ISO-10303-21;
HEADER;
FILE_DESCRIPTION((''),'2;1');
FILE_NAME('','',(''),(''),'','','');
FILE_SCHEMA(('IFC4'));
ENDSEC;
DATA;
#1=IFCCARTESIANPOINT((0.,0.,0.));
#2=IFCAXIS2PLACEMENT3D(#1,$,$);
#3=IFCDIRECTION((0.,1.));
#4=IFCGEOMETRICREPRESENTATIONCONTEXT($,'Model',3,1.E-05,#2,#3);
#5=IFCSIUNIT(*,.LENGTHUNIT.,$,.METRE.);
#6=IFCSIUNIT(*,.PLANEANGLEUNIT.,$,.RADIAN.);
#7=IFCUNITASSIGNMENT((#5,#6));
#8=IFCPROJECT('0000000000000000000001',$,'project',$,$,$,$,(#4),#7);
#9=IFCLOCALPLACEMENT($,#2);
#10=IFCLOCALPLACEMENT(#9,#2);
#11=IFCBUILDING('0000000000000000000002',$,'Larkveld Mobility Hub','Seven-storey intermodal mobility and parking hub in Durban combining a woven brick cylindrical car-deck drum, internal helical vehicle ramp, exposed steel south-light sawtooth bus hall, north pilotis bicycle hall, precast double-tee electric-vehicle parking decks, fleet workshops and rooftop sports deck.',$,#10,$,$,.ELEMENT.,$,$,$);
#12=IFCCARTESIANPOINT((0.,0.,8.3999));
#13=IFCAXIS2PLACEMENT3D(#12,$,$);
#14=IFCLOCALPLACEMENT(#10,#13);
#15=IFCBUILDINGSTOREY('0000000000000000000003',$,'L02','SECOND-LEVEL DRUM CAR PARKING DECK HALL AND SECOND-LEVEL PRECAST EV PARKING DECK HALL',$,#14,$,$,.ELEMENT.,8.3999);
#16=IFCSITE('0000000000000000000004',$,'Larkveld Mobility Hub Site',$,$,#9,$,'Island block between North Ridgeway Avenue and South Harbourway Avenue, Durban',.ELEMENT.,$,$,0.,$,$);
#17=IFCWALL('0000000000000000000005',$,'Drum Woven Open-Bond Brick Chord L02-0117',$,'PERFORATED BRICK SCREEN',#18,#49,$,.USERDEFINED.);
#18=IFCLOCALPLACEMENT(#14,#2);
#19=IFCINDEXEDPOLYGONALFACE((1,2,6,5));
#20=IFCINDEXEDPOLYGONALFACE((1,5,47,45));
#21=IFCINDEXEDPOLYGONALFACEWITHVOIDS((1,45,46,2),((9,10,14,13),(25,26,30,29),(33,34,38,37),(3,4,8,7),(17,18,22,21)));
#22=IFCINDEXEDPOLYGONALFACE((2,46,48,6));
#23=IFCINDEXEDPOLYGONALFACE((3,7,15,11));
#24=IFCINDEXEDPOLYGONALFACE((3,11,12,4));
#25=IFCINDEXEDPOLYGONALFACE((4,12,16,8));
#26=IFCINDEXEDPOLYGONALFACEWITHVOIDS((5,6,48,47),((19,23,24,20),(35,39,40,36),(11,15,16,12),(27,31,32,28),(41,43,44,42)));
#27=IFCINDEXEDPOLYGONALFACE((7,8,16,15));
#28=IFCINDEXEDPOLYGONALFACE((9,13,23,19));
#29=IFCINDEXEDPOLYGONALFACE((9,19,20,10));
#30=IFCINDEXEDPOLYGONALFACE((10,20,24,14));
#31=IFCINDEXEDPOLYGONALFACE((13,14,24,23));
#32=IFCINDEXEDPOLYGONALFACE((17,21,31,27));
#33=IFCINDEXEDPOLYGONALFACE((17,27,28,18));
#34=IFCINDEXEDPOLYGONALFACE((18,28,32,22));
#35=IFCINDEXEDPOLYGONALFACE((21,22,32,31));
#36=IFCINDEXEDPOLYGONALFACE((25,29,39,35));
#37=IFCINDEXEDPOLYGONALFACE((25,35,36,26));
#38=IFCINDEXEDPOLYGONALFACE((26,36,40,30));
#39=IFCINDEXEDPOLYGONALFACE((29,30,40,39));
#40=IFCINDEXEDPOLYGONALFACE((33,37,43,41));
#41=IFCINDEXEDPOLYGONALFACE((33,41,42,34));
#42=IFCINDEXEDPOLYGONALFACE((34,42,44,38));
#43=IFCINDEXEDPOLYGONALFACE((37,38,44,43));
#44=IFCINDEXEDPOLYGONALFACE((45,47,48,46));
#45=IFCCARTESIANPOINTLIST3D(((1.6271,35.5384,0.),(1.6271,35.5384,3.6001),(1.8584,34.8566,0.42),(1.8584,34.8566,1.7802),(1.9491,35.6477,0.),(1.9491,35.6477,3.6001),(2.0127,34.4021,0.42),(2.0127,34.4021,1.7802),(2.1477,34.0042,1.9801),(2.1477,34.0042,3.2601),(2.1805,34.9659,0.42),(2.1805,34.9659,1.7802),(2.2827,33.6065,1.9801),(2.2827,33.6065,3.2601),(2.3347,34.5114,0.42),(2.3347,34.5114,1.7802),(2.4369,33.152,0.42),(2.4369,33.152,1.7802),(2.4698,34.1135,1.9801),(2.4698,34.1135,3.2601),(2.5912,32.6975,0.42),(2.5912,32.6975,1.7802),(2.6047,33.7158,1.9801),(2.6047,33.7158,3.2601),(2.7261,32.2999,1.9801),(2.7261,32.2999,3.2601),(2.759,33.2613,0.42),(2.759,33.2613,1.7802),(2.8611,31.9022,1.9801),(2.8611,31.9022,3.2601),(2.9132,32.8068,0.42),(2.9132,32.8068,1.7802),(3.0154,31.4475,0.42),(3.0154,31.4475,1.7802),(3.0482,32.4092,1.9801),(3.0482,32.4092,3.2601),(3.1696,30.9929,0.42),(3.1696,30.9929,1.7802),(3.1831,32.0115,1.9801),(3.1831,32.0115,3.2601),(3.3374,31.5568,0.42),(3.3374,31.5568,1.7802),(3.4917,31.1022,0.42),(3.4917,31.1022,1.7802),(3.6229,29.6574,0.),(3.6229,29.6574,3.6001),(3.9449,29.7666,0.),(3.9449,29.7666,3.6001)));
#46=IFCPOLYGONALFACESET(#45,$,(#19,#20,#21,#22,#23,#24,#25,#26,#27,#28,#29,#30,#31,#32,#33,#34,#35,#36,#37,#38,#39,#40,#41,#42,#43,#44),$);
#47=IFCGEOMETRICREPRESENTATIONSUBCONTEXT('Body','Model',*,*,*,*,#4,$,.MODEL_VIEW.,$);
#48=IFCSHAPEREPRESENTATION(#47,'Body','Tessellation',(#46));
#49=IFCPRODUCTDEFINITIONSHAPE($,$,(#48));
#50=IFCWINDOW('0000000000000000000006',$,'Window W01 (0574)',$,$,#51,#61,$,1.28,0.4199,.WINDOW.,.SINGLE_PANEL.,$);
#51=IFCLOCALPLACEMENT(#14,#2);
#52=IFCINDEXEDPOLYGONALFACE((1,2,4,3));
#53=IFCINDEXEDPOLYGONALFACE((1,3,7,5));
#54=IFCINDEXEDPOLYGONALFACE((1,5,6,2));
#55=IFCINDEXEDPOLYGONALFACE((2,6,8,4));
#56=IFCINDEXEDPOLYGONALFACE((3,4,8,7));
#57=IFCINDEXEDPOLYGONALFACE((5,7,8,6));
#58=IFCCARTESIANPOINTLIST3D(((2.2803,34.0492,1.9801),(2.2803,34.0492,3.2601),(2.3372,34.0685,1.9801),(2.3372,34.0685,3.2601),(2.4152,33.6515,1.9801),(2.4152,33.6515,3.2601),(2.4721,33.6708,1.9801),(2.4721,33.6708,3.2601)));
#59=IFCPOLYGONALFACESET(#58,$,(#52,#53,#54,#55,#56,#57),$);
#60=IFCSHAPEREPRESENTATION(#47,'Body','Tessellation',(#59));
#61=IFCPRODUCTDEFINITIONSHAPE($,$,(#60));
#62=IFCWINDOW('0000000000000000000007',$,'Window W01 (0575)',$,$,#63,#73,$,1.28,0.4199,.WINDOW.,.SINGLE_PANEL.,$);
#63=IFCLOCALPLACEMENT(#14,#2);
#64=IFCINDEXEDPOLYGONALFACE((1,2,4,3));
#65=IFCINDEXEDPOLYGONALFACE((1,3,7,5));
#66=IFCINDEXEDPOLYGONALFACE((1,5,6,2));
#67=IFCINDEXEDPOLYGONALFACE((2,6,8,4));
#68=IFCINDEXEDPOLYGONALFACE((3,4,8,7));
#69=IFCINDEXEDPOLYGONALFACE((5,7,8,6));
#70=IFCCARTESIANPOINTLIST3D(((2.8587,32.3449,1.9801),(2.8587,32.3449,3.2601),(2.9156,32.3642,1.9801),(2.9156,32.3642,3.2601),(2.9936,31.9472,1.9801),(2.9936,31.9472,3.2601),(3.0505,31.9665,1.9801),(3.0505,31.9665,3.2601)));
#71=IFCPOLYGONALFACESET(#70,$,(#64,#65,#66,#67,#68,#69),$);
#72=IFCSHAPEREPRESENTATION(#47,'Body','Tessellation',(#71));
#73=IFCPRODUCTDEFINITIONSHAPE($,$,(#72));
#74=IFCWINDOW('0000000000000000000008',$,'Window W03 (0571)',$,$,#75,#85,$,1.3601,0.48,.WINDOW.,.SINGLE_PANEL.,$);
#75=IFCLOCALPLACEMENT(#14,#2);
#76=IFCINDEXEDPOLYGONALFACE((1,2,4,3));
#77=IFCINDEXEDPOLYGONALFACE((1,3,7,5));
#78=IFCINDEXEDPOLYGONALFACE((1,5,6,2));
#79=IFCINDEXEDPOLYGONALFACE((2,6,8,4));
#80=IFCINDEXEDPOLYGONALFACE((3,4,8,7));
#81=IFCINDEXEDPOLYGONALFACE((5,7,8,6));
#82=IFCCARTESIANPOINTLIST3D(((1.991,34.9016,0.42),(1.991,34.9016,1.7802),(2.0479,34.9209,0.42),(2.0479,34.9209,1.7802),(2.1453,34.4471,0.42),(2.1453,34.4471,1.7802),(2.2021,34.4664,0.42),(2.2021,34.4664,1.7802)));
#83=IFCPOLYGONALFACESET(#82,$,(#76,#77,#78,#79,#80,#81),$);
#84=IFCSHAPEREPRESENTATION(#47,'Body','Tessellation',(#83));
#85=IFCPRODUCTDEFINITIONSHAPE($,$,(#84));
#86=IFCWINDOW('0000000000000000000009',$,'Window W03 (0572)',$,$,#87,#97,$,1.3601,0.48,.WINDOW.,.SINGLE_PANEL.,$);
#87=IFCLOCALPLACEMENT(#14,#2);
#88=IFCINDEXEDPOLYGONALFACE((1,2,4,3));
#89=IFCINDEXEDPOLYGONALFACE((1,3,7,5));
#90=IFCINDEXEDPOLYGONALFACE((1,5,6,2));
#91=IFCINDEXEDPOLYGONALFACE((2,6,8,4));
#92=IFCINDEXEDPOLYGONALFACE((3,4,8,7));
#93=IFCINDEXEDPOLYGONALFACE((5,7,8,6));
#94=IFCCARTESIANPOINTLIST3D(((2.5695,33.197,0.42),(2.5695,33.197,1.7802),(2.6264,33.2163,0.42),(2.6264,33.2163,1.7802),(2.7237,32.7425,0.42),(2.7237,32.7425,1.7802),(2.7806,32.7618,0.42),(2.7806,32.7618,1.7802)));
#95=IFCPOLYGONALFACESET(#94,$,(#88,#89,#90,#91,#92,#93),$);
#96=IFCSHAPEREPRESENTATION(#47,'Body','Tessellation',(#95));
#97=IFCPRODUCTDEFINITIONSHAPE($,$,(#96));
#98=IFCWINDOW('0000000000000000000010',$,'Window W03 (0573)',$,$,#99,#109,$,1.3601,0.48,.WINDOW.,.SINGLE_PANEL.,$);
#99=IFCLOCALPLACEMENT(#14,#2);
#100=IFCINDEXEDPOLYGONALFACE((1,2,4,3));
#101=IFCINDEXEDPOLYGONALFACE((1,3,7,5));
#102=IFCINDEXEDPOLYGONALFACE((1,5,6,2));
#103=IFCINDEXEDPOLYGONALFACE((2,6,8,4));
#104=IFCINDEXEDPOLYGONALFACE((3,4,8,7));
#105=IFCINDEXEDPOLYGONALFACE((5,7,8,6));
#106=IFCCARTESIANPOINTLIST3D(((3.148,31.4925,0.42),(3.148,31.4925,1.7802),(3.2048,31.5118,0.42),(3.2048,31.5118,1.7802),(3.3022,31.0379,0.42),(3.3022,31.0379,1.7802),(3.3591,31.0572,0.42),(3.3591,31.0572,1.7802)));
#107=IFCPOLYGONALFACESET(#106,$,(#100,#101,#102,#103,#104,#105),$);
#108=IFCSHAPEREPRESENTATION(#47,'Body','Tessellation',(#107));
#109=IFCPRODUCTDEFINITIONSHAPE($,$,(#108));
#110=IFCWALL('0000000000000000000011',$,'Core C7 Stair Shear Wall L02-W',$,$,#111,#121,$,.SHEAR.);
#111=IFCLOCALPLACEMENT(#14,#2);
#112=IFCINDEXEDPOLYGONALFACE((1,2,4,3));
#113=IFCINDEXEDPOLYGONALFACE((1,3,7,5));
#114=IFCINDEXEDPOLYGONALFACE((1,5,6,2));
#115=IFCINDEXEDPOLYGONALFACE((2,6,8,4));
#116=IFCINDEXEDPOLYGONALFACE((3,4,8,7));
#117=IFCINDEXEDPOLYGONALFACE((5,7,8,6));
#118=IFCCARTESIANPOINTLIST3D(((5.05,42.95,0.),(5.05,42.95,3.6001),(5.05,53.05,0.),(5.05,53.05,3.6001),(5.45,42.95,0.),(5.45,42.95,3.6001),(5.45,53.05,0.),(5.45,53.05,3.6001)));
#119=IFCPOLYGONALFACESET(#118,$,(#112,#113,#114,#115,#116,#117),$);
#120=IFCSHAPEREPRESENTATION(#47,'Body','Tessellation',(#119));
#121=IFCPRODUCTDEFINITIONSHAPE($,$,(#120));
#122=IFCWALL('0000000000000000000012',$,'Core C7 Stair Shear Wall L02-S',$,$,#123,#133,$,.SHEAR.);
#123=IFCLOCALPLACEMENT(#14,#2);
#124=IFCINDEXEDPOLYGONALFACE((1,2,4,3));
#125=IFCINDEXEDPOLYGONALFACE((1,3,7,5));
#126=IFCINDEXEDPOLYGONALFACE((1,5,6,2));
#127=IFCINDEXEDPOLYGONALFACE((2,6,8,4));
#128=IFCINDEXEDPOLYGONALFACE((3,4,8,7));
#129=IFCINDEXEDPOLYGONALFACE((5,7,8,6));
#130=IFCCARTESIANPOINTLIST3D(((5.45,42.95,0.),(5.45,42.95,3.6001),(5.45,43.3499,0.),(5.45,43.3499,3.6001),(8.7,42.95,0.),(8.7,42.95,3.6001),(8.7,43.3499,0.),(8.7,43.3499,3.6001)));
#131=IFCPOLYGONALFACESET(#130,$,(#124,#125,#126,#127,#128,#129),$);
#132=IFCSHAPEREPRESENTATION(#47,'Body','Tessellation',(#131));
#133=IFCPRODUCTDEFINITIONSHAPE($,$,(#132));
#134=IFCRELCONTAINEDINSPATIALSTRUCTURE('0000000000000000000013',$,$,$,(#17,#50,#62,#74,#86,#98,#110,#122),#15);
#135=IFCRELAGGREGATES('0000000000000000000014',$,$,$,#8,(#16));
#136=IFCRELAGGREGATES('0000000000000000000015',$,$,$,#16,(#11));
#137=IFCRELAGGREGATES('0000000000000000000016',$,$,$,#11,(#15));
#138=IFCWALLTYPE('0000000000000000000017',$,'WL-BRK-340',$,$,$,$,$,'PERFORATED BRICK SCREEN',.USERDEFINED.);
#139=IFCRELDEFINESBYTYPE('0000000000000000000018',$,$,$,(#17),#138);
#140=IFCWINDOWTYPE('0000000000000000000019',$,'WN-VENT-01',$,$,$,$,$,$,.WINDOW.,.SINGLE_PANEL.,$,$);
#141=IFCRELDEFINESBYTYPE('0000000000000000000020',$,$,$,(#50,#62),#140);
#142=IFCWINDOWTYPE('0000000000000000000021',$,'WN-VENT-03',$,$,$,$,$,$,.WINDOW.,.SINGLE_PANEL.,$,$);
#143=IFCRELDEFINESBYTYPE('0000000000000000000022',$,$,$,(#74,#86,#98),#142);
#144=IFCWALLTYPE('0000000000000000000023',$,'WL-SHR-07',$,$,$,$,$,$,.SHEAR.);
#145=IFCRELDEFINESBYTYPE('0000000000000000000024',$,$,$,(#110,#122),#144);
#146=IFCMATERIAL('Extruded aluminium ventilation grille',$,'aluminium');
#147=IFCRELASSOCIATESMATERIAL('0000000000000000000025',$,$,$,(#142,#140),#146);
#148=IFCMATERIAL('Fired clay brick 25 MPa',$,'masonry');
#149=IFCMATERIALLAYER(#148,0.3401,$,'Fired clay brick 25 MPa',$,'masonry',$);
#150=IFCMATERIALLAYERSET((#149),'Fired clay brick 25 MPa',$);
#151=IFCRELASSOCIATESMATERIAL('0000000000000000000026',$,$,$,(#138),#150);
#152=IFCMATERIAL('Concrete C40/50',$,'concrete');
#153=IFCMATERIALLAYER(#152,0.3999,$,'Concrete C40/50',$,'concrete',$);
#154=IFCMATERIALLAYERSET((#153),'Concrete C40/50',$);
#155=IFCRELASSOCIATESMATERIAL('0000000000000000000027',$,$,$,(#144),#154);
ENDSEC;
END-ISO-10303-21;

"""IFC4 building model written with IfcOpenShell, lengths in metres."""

from ifc_helpers import new_model, si_unit, direction, frame, frame_2d, origin, place, context, subcontext, project, spatial, rectangle, extrude, material, layer, layer_set, type_object, element, fill, save


model = new_model("IFC4")

# Units and contexts
model_context = context("Model", 3, precision=1e-05, world=origin(), true_north=direction((0.0, 1.0)))
body_context = subcontext(model_context, "Body", "Model", "MODEL_VIEW")
ifc_project = project(units=[si_unit("LENGTHUNIT", "METRE"), si_unit("PLANEANGLEUNIT", "RADIAN")], contexts=[model_context])

# Site, building, storey
site_placement = place(None, origin())
site = spatial("IfcSite", under=ifc_project, at=site_placement, Name="Larkveld Mobility Hub Site", LongName="Island block between North Ridgeway Avenue and South Harbourway Avenue, Durban", CompositionType="ELEMENT", RefElevation=0.0)
building_placement = place(site_placement, origin())
building = spatial("IfcBuilding", under=site, at=building_placement, Name="Larkveld Mobility Hub", Description="Seven-storey intermodal mobility and parking hub in Durban combining a woven brick cylindrical car-deck drum, internal helical vehicle ramp, exposed steel south-light sawtooth bus hall, north pilotis bicycle hall, precast double-tee electric-vehicle parking decks, fleet workshops and rooftop sports deck.", CompositionType="ELEMENT")
storey_placement = place(building_placement, frame((0.0, 0.0, 8.3999)))
storey = spatial("IfcBuildingStorey", under=building, at=storey_placement, Name="L02", Description="SECOND-LEVEL DRUM CAR PARKING DECK HALL AND SECOND-LEVEL PRECAST EV PARKING DECK HALL", CompositionType="ELEMENT", Elevation=8.3999)

# Shared definitions
ifc_material_1 = material(Name="Concrete C40/50", Category="concrete")

# Wall, openings, windows
ifc_material_2 = material(Name="Fired clay brick 25 MPa", Category="masonry")
ifc_material_3 = material(Name="Extruded aluminium ventilation grille", Category="aluminium")
window_type_1 = type_object("IfcWindowType", Name="WN-VENT-03", PartitioningType="SINGLE_PANEL", PredefinedType="WINDOW", material=ifc_material_3)
ifc_layer_1 = layer(ifc_material_2, 0.3401, Name="Fired clay brick 25 MPa", Category="masonry")
ifc_layer_set_1 = layer_set([ifc_layer_1], Name="Fired clay brick 25 MPa")
wall_type_1 = type_object("IfcWallType", Name="WL-BRK-340", ElementType="PERFORATED BRICK SCREEN", PredefinedType="USERDEFINED", material=ifc_layer_set_1)
wall_1_placement = place(storey_placement, frame((1.7881, 35.593, 0.0), z_axis=(0.0, 0.0, 1.0), x_axis=(0.321365, -0.946955, 0.0)))
wall_1 = element("IfcWall", 1, at=wall_1_placement, inside=storey, type_object=wall_type_1, Name="Drum Woven Open-Bond Brick Chord L02-0117", ObjectType="PERFORATED BRICK SCREEN", PredefinedType="USERDEFINED", context=body_context, shape_type="SweptSolid", body=[
    extrude(rectangle(XDim=6.2104, YDim=0.3401, at=frame_2d((3.1052, 0.0))), origin(), (0.0, 0.0, 1.0), 3.6001),
])
opening_1_placement = place(wall_1_placement, frame((0.72, 0.0, 0.4199)))
opening_1 = element("IfcOpeningElement", 2, at=opening_1_placement, cuts=wall_1, PredefinedType="OPENING", context=body_context, shape_type="SweptSolid", body=[
    extrude(rectangle(XDim=0.48, YDim=1.3601, at=frame_2d((0.24, 0.6802))), frame((0.0, 0.1802, 0.0), z_axis=(0.0, -1.0, 0.0), x_axis=(1.0, 0.0, 0.0)), (0.0, 0.0, 1.0), 0.3601),
])
opening_2_placement = place(wall_1_placement, frame((2.52, 0.0, 0.4199)))
opening_2 = element("IfcOpeningElement", 3, at=opening_2_placement, cuts=wall_1, PredefinedType="OPENING", context=body_context, shape_type="SweptSolid", body=[
    extrude(rectangle(XDim=0.48, YDim=1.3601, at=frame_2d((0.24, 0.6802))), frame((0.0, 0.1802, 0.0), z_axis=(0.0, -1.0, 0.0), x_axis=(1.0, 0.0, 0.0)), (0.0, 0.0, 1.0), 0.3601),
])
opening_3_placement = place(wall_1_placement, frame((4.3201, 0.0, 0.4199)))
opening_3 = element("IfcOpeningElement", 4, at=opening_3_placement, cuts=wall_1, PredefinedType="OPENING", context=body_context, shape_type="SweptSolid", body=[
    extrude(rectangle(XDim=0.48, YDim=1.3601, at=frame_2d((0.24, 0.6802))), frame((0.0, 0.1802, 0.0), z_axis=(0.0, -1.0, 0.0), x_axis=(1.0, 0.0, 0.0)), (0.0, 0.0, 1.0), 0.3601),
])
opening_4_placement = place(wall_1_placement, frame((1.6201, 0.0, 1.98)))
opening_4 = element("IfcOpeningElement", 5, at=opening_4_placement, cuts=wall_1, PredefinedType="OPENING", context=body_context, shape_type="SweptSolid", body=[
    extrude(rectangle(XDim=0.4199, YDim=1.28, at=frame_2d((0.21, 0.6401))), frame((0.0, 0.1802, 0.0), z_axis=(0.0, -1.0, 0.0), x_axis=(1.0, 0.0, 0.0)), (0.0, 0.0, 1.0), 0.3601),
])
opening_5_placement = place(wall_1_placement, frame((3.4199, 0.0, 1.98)))
opening_5 = element("IfcOpeningElement", 6, at=opening_5_placement, cuts=wall_1, PredefinedType="OPENING", context=body_context, shape_type="SweptSolid", body=[
    extrude(rectangle(XDim=0.4199, YDim=1.28, at=frame_2d((0.21, 0.6401))), frame((0.0, 0.1802, 0.0), z_axis=(0.0, -1.0, 0.0), x_axis=(1.0, 0.0, 0.0)), (0.0, 0.0, 1.0), 0.3601),
])
window_type_2 = type_object("IfcWindowType", Name="WN-VENT-01", PartitioningType="SINGLE_PANEL", PredefinedType="WINDOW", material=ifc_material_3)
window_1_placement = place(opening_4_placement, origin())
window_1 = element("IfcWindow", 7, at=window_1_placement, inside=storey, type_object=window_type_2, Name="Window W01 (0574)", OverallHeight=1.28, OverallWidth=0.4199, PartitioningType="SINGLE_PANEL", PredefinedType="WINDOW", context=body_context, shape_type="SweptSolid", body=[
    extrude(rectangle(XDim=0.4199, YDim=1.28, at=frame_2d((0.21, 0.6401))), frame((0.0, 0.03, 0.0), z_axis=(0.0, -1.0, 0.0), x_axis=(1.0, 0.0, 0.0)), (0.0, 0.0, 1.0), 0.0601),
])
fill(opening_4, window_1)
window_2_placement = place(opening_5_placement, origin())
window_2 = element("IfcWindow", 8, at=window_2_placement, inside=storey, type_object=window_type_2, Name="Window W01 (0575)", OverallHeight=1.28, OverallWidth=0.4199, PartitioningType="SINGLE_PANEL", PredefinedType="WINDOW", context=body_context, shape_type="SweptSolid", body=[
    extrude(rectangle(XDim=0.4199, YDim=1.28, at=frame_2d((0.21, 0.6401))), frame((0.0, 0.03, 0.0), z_axis=(0.0, -1.0, 0.0), x_axis=(1.0, 0.0, 0.0)), (0.0, 0.0, 1.0), 0.0601),
])
fill(opening_5, window_2)
window_3_placement = place(opening_1_placement, origin())
window_3 = element("IfcWindow", 9, at=window_3_placement, inside=storey, type_object=window_type_1, Name="Window W03 (0571)", OverallHeight=1.3601, OverallWidth=0.48, PartitioningType="SINGLE_PANEL", PredefinedType="WINDOW", context=body_context, shape_type="SweptSolid", body=[
    extrude(rectangle(XDim=0.48, YDim=1.3601, at=frame_2d((0.24, 0.6802))), frame((0.0, 0.03, 0.0), z_axis=(0.0, -1.0, 0.0), x_axis=(1.0, 0.0, 0.0)), (0.0, 0.0, 1.0), 0.0601),
])
fill(opening_1, window_3)
window_4_placement = place(opening_2_placement, origin())
window_4 = element("IfcWindow", 10, at=window_4_placement, inside=storey, type_object=window_type_1, Name="Window W03 (0572)", OverallHeight=1.3601, OverallWidth=0.48, PartitioningType="SINGLE_PANEL", PredefinedType="WINDOW", context=body_context, shape_type="SweptSolid", body=[
    extrude(rectangle(XDim=0.48, YDim=1.3601, at=frame_2d((0.24, 0.6802))), frame((0.0, 0.03, 0.0), z_axis=(0.0, -1.0, 0.0), x_axis=(1.0, 0.0, 0.0)), (0.0, 0.0, 1.0), 0.0601),
])
fill(opening_2, window_4)
window_5_placement = place(opening_3_placement, origin())
window_5 = element("IfcWindow", 11, at=window_5_placement, inside=storey, type_object=window_type_1, Name="Window W03 (0573)", OverallHeight=1.3601, OverallWidth=0.48, PartitioningType="SINGLE_PANEL", PredefinedType="WINDOW", context=body_context, shape_type="SweptSolid", body=[
    extrude(rectangle(XDim=0.48, YDim=1.3601, at=frame_2d((0.24, 0.6802))), frame((0.0, 0.03, 0.0), z_axis=(0.0, -1.0, 0.0), x_axis=(1.0, 0.0, 0.0)), (0.0, 0.0, 1.0), 0.0601),
])
fill(opening_3, window_5)

# Walls
ifc_layer_2 = layer(ifc_material_1, 0.3999, Name="Concrete C40/50", Category="concrete")
ifc_layer_set_2 = layer_set([ifc_layer_2], Name="Concrete C40/50")
wall_type_2 = type_object("IfcWallType", Name="WL-SHR-07", PredefinedType="SHEAR", material=ifc_layer_set_2)
wall_2_placement = place(storey_placement, frame((5.25, 42.95, 0.0), z_axis=(0.0, 0.0, 1.0), x_axis=(0.0, 1.0, 0.0)))
element("IfcWall", 12, at=wall_2_placement, inside=storey, type_object=wall_type_2, Name="Core C7 Stair Shear Wall L02-W", PredefinedType="SHEAR", context=body_context, shape_type="SweptSolid", body=[
    extrude(rectangle(XDim=10.1001, YDim=0.3999, at=frame_2d((5.05, 0.0))), origin(), (0.0, 0.0, 1.0), 3.6001),
])
wall_3_placement = place(storey_placement, frame((8.7, 43.1499, 0.0), z_axis=(0.0, 0.0, 1.0), x_axis=(-1.0, 0.0, 0.0)))
element("IfcWall", 13, at=wall_3_placement, inside=storey, type_object=wall_type_2, Name="Core C7 Stair Shear Wall L02-S", PredefinedType="SHEAR", context=body_context, shape_type="SweptSolid", body=[
    extrude(rectangle(XDim=3.25, YDim=0.3999, at=frame_2d((1.625, 0.0))), origin(), (0.0, 0.0, 1.0), 3.6001),
])

save(model, "model.ifc")
